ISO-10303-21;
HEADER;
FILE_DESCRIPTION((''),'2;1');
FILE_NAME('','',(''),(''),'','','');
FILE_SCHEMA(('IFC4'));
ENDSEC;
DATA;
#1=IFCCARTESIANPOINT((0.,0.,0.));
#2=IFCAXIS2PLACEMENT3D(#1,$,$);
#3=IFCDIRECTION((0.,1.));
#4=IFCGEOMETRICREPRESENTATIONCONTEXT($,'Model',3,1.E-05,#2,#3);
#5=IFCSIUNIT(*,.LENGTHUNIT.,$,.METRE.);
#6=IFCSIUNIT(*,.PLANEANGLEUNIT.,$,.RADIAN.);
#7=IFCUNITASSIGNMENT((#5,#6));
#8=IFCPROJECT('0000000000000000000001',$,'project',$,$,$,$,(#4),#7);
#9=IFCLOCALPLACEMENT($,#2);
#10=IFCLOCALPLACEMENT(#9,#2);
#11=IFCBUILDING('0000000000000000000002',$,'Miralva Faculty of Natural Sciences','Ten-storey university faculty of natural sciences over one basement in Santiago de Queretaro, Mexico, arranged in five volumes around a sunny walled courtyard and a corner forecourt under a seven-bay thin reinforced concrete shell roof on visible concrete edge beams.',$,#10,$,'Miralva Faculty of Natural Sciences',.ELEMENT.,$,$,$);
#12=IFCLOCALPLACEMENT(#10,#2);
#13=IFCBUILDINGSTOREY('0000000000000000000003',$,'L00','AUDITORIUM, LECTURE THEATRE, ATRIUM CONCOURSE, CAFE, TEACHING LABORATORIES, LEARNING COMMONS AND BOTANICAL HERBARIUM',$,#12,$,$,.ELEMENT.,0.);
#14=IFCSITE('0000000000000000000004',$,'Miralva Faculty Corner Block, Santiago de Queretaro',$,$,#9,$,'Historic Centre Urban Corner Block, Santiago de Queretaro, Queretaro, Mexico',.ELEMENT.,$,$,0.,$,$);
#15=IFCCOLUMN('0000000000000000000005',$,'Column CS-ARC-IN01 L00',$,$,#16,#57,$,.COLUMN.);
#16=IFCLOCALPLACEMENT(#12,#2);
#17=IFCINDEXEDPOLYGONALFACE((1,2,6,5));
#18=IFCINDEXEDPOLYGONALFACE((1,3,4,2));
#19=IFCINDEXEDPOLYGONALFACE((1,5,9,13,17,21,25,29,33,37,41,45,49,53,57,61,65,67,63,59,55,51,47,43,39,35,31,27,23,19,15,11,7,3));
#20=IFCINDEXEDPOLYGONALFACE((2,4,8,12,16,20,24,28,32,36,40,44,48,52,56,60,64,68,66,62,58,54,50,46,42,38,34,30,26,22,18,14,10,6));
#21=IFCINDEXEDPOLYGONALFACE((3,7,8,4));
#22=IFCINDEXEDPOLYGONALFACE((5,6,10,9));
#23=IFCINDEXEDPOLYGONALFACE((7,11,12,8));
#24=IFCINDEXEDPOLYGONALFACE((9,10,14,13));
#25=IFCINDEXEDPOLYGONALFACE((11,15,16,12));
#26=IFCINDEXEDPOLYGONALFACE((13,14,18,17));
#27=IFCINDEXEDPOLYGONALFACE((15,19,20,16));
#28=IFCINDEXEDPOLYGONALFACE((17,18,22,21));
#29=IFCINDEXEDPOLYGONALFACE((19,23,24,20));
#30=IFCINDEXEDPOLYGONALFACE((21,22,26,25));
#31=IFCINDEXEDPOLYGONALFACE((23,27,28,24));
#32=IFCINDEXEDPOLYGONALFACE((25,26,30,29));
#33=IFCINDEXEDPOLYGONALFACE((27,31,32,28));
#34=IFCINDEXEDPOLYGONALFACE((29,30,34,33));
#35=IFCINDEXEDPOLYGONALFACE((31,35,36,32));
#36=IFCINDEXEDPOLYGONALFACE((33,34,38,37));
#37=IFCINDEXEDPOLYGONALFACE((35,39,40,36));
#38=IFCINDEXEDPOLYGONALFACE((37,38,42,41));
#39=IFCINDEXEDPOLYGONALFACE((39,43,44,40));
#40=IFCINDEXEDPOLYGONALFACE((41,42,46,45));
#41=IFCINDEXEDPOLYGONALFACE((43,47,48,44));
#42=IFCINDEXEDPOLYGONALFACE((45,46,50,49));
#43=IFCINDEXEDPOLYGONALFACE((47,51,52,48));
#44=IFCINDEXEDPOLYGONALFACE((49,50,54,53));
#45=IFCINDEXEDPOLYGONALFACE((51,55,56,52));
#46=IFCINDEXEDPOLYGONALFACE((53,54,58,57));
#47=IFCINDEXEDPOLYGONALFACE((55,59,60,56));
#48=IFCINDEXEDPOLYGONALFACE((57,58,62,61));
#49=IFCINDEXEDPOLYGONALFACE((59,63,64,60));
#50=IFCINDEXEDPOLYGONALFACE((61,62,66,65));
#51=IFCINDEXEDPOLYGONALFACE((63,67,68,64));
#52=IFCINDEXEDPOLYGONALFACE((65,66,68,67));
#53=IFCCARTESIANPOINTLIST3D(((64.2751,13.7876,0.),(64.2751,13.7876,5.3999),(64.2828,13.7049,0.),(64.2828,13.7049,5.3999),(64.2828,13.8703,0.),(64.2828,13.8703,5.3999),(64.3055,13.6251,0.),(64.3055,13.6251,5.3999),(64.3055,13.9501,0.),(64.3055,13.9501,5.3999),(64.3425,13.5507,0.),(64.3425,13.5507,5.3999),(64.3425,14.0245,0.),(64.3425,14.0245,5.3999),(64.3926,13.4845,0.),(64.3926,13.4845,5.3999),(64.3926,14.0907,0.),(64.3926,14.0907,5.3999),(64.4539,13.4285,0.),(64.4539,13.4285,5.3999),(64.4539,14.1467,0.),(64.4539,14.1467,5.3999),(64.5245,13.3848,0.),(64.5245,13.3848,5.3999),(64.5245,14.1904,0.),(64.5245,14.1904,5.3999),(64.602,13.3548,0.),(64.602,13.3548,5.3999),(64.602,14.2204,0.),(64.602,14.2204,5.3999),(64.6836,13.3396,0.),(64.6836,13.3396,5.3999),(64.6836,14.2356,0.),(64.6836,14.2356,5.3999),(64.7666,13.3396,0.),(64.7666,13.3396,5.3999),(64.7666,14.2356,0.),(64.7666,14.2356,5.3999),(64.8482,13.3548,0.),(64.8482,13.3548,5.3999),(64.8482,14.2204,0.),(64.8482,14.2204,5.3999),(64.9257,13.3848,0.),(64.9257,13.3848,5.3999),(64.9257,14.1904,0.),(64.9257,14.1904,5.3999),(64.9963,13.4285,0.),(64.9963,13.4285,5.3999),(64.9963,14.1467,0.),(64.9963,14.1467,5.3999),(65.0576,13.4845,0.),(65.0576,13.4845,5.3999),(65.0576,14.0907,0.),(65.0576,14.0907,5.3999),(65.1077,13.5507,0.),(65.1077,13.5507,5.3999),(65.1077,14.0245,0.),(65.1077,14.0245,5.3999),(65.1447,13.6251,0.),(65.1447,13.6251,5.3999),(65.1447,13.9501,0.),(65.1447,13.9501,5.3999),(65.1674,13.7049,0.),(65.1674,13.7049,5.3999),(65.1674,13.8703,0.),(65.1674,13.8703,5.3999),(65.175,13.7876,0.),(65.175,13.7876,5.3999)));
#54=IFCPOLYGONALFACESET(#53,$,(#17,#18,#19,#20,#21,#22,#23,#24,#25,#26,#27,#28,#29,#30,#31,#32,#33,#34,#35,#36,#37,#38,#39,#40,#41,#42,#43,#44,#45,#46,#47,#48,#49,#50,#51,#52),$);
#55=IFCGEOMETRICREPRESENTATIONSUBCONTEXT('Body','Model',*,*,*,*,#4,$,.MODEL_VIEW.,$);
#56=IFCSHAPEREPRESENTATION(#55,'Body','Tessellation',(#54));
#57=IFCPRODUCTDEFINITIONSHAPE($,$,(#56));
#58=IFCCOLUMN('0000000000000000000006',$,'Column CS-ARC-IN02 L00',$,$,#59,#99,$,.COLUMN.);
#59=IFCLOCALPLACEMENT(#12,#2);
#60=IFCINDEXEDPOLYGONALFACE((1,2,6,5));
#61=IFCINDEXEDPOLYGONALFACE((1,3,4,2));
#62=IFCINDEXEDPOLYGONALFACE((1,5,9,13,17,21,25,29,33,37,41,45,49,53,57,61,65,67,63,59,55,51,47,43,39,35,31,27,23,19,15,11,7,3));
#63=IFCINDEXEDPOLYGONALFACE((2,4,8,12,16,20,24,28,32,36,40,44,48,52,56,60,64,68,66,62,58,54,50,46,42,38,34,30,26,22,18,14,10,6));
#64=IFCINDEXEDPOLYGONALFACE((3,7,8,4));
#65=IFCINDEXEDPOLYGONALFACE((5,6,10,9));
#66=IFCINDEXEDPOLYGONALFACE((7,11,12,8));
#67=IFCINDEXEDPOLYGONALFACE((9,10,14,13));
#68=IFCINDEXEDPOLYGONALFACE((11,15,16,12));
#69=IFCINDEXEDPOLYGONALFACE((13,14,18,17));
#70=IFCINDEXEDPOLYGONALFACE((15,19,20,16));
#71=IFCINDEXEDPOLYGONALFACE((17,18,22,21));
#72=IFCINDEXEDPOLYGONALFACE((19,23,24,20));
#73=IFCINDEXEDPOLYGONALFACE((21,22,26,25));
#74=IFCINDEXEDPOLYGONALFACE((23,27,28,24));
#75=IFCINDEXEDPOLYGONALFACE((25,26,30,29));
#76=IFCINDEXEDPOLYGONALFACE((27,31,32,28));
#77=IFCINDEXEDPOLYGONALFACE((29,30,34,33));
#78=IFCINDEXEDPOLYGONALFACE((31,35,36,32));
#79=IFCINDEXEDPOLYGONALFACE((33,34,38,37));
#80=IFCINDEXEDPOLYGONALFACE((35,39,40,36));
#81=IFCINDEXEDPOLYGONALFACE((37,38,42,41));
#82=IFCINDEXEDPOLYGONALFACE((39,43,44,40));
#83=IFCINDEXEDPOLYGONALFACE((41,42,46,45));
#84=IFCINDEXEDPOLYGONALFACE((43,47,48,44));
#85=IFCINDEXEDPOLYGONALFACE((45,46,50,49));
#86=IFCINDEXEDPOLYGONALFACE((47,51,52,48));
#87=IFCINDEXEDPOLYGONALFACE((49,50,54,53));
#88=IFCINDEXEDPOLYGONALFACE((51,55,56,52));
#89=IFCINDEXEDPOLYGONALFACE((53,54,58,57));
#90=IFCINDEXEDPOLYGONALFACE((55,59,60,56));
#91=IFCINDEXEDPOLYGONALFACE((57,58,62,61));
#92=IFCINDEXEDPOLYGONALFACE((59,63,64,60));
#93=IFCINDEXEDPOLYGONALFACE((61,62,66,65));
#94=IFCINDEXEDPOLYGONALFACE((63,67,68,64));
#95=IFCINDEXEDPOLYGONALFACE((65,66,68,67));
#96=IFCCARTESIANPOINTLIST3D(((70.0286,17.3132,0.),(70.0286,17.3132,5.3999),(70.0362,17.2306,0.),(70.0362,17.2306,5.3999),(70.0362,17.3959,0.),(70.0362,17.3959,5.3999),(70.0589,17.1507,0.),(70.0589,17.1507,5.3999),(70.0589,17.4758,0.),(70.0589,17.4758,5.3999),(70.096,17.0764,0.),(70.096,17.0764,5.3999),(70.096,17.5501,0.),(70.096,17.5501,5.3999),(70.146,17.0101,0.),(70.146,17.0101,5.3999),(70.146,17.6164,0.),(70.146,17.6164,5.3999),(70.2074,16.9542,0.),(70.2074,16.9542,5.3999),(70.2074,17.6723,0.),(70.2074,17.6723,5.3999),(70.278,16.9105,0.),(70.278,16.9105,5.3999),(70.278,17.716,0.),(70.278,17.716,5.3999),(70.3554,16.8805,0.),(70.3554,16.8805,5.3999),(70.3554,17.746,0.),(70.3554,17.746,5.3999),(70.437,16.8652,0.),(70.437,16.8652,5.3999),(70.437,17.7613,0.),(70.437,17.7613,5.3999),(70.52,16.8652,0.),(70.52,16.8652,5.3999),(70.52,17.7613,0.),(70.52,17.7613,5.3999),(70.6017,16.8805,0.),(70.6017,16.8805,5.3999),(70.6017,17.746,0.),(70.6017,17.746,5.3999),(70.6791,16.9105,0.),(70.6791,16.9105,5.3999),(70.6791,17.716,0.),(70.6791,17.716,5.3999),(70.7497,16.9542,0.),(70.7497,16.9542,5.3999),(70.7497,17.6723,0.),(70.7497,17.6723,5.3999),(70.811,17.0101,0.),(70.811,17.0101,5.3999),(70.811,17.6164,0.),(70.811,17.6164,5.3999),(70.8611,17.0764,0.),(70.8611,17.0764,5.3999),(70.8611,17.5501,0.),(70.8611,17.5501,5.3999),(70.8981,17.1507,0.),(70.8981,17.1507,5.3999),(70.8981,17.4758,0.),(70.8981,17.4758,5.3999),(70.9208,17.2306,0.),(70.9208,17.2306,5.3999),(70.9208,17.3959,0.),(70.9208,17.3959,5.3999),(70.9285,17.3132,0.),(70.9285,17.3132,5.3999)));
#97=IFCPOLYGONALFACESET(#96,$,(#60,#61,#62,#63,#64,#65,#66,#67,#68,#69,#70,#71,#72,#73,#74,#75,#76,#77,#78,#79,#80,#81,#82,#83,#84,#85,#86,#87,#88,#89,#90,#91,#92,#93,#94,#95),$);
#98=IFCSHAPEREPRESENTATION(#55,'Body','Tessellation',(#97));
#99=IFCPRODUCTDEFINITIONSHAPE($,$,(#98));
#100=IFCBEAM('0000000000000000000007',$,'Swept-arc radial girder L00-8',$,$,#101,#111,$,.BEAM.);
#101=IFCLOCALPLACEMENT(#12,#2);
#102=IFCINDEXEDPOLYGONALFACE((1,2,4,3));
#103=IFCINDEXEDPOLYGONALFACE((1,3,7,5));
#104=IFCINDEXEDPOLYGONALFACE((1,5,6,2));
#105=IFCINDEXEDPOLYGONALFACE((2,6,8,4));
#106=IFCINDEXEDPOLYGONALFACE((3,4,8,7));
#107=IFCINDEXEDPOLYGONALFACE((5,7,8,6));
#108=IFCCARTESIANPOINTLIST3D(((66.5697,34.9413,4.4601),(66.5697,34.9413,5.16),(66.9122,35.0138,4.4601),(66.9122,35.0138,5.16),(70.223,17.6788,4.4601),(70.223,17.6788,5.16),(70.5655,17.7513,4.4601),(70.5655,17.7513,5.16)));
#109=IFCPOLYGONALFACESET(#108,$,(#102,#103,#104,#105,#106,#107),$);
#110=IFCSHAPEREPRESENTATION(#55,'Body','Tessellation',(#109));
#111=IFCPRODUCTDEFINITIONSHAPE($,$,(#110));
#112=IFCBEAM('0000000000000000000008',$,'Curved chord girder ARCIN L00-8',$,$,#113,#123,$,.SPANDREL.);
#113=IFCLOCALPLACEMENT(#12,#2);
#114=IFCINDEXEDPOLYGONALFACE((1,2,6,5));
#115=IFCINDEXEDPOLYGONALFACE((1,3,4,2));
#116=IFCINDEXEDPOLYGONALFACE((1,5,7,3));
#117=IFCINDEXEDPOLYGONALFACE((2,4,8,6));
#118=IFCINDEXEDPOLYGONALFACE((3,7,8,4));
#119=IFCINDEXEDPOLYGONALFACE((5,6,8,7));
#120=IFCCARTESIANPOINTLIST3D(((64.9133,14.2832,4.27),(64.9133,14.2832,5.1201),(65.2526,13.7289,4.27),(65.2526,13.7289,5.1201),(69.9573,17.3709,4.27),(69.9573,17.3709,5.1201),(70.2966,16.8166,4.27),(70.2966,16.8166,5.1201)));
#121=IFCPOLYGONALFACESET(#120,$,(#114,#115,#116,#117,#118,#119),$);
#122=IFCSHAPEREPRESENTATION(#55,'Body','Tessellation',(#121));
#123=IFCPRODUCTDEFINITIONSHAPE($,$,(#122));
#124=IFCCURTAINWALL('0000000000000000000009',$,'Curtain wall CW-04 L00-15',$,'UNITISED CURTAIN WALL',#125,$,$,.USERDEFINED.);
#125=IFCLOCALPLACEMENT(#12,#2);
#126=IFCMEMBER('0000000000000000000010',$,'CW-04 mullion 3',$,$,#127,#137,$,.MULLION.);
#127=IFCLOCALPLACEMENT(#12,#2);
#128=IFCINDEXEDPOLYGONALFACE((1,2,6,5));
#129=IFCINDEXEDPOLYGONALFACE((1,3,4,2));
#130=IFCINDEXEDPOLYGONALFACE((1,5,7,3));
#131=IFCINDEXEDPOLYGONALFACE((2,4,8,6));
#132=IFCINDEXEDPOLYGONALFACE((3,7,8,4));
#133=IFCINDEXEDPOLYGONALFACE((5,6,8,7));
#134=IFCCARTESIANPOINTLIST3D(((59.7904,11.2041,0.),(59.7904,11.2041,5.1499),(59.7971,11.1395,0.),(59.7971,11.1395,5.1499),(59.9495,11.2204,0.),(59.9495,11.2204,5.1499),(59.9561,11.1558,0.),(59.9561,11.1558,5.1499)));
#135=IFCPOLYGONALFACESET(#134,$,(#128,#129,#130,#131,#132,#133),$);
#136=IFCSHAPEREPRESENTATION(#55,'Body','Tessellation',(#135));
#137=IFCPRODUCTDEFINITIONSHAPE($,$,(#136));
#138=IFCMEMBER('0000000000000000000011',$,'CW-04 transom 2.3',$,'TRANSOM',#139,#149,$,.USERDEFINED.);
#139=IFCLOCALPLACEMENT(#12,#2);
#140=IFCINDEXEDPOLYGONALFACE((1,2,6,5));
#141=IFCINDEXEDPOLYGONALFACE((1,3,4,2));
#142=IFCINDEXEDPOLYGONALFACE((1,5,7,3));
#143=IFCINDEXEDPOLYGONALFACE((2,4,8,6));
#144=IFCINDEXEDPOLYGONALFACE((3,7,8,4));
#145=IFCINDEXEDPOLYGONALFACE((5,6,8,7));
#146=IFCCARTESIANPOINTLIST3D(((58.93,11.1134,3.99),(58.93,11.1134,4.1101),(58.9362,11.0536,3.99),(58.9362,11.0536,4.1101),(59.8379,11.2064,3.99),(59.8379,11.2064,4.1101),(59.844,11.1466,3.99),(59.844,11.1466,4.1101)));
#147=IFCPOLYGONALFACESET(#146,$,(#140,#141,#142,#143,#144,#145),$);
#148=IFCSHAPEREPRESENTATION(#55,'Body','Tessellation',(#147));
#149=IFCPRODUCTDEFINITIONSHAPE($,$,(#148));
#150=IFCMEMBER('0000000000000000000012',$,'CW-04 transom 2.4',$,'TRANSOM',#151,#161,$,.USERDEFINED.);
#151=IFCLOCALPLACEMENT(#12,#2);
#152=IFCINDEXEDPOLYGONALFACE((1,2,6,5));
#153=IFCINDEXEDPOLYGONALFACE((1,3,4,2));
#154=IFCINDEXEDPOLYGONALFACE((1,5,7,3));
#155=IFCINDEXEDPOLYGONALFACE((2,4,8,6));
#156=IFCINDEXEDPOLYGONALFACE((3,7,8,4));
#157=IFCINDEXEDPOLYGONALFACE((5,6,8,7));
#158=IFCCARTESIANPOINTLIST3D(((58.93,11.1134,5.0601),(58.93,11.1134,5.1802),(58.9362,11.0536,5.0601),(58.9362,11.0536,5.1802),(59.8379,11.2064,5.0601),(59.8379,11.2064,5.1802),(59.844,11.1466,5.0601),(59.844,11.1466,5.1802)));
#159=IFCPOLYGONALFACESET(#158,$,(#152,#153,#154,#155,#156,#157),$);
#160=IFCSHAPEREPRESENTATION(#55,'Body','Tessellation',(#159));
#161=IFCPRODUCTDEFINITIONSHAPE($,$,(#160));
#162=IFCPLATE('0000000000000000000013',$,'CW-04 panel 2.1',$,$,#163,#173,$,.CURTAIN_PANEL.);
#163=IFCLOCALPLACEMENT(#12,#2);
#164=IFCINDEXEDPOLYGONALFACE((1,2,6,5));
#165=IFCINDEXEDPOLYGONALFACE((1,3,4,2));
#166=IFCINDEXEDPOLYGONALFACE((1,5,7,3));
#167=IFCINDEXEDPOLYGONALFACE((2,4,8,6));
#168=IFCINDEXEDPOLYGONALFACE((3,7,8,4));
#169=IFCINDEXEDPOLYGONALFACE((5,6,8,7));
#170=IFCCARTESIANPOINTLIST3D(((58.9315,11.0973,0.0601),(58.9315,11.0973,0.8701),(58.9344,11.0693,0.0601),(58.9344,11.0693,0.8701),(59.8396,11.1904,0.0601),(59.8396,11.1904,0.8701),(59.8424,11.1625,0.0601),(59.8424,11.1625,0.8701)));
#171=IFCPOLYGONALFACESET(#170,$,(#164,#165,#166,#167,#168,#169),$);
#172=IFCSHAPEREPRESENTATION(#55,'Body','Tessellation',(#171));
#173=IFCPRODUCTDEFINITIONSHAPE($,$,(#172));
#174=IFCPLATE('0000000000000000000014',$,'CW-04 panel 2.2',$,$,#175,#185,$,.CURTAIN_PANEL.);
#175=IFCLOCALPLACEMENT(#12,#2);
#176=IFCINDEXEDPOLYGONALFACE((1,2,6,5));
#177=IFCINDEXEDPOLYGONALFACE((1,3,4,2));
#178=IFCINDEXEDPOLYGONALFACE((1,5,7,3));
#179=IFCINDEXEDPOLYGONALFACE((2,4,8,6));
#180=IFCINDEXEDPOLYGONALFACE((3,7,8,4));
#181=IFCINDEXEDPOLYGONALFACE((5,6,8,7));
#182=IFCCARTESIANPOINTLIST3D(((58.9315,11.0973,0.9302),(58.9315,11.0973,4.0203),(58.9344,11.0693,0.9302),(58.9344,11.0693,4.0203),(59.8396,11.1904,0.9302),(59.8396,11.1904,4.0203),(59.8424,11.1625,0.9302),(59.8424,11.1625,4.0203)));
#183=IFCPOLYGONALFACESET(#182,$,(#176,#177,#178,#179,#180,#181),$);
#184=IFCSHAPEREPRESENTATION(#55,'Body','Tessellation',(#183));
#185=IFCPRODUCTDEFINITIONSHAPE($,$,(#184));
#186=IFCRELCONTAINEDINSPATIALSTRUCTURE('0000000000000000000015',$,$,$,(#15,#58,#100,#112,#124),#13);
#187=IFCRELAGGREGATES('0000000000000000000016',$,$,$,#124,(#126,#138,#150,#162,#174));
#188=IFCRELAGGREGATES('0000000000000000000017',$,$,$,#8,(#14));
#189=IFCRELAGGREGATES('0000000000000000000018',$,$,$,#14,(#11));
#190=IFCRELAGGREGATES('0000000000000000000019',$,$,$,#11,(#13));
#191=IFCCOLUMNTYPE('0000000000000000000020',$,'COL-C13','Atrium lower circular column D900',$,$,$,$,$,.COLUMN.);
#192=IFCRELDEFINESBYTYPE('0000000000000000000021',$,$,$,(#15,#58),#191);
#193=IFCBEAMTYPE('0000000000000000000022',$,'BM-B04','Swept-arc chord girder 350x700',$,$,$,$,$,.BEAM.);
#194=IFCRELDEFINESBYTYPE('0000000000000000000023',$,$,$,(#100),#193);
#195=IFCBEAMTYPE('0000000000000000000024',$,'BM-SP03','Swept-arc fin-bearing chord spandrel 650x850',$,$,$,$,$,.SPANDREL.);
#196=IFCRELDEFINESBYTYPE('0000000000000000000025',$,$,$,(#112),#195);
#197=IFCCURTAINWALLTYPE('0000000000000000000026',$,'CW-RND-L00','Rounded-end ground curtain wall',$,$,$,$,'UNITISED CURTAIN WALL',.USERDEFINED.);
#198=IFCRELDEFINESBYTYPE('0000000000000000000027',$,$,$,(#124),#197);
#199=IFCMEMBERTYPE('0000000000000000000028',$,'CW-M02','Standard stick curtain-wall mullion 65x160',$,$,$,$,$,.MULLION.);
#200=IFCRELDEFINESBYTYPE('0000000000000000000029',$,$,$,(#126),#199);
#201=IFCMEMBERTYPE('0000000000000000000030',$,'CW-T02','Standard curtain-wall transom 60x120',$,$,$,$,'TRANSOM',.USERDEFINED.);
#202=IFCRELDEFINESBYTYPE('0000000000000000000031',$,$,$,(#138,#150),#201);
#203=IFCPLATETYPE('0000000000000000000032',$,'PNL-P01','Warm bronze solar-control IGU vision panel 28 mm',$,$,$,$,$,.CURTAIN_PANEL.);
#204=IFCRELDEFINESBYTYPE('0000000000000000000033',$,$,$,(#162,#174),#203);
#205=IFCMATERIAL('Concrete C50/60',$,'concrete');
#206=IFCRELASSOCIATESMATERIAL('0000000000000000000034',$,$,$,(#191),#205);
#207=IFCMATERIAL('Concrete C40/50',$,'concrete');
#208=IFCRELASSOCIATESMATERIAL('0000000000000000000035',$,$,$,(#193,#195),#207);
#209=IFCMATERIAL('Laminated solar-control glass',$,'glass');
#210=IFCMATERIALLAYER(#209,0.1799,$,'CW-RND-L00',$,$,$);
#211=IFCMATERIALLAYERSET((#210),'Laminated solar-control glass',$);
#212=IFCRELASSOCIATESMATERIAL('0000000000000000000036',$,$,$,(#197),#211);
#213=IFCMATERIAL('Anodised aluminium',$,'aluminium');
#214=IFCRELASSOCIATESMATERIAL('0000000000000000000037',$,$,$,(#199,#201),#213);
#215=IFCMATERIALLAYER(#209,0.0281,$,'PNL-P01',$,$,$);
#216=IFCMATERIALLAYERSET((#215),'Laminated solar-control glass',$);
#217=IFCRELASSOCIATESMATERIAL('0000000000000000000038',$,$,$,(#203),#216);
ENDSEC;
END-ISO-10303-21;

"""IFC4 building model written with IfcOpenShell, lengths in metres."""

from ifc_helpers import new_model, si_unit, direction, frame, origin, origin_2d, place, context, subcontext, project, spatial, rectangle, circle, extrude, material, layer, layer_set, material_profile, profile_set, type_object, element, aggregate, save


model = new_model("IFC4")

# Units and contexts
model_context = context("Model", 3, precision=1e-05, world=origin(), true_north=direction((0.0, 1.0)))
body_context = subcontext(model_context, "Body", "Model", "MODEL_VIEW")
ifc_project = project(units=[si_unit("LENGTHUNIT", "METRE"), si_unit("PLANEANGLEUNIT", "RADIAN")], contexts=[model_context])

# Site, building, storey
site_placement = place(None, origin())
site = spatial("IfcSite", under=ifc_project, at=site_placement, Name="Miralva Faculty Corner Block, Santiago de Queretaro", LongName="Historic Centre Urban Corner Block, Santiago de Queretaro, Queretaro, Mexico", CompositionType="ELEMENT", RefElevation=0.0)
building_placement = place(site_placement, origin())
building = spatial("IfcBuilding", under=site, at=building_placement, Name="Miralva Faculty of Natural Sciences", Description="Ten-storey university faculty of natural sciences over one basement in Santiago de Queretaro, Mexico, arranged in five volumes around a sunny walled courtyard and a corner forecourt under a seven-bay thin reinforced concrete shell roof on visible concrete edge beams.", LongName="Miralva Faculty of Natural Sciences", CompositionType="ELEMENT")
storey_placement = place(building_placement, origin())
storey = spatial("IfcBuildingStorey", under=building, at=storey_placement, Name="L00", Description="AUDITORIUM, LECTURE THEATRE, ATRIUM CONCOURSE, CAFE, TEACHING LABORATORIES, LEARNING COMMONS AND BOTANICAL HERBARIUM", CompositionType="ELEMENT", Elevation=0.0)

# Columns
ifc_material_1 = material(Name="Concrete C50/60", Category="concrete")
ifc_material_profile_1 = material_profile(ifc_material_1, circle(Radius=0.45, at=origin_2d()), Name="RC DIA 900")
ifc_profile_set_1 = profile_set([ifc_material_profile_1], Name="Concrete C50/60")
column_type = type_object("IfcColumnType", Name="COL-C13", Description="Atrium lower circular column D900", PredefinedType="COLUMN", material=ifc_profile_set_1)
for number, where, z_axis, x_axis, name in (
    (1, (64.7251, 13.7876, 0.0), (0.0, 0.0, 1.0), (1.0, 0.0, 0.0), "Column CS-ARC-IN01 L00"),
    (2, (70.4785, 17.3132, 0.0), (0.0, 0.0, 1.0), (1.0, 0.0, 0.0), "Column CS-ARC-IN02 L00"),
):
    element("IfcColumn", number, at=place(storey_placement, frame(where, z_axis=z_axis, x_axis=x_axis)), inside=storey, type_object=column_type, Name=name, PredefinedType="COLUMN", context=body_context, shape_type="SweptSolid", body=[
        extrude(circle(Radius=0.45, at=origin_2d()), origin(), (0.0, 0.0, 1.0), 5.3999),
    ])

# Beams
ifc_material_2 = material(Name="Concrete C40/50", Category="concrete")
ifc_material_profile_2 = material_profile(ifc_material_2, rectangle(XDim=0.3501, YDim=0.7, at=origin_2d()), Name="RC 350x700")
ifc_profile_set_2 = profile_set([ifc_material_profile_2], Name="Concrete C40/50")
beam_type_1 = type_object("IfcBeamType", Name="BM-B04", Description="Swept-arc chord girder 350x700", PredefinedType="BEAM", material=ifc_profile_set_2)
beam_1_placement = place(storey_placement, frame((70.3943, 17.7151, 4.8101), z_axis=(-0.207048, 0.978331, 0.0), x_axis=(-0.978331, -0.207048, 0.0)))
element("IfcBeam", 3, at=beam_1_placement, inside=storey, type_object=beam_type_1, Name="Swept-arc radial girder L00-8", PredefinedType="BEAM", context=body_context, shape_type="SweptSolid", body=[
    extrude(rectangle(XDim=0.3501, YDim=0.7, at=origin_2d()), origin(), (0.0, 0.0, 1.0), 17.6448),
])
ifc_material_profile_3 = material_profile(ifc_material_2, rectangle(XDim=0.6499, YDim=0.8501, at=origin_2d()), Name="RC 650x850")
ifc_profile_set_3 = profile_set([ifc_material_profile_3], Name="Concrete C40/50")
beam_type_2 = type_object("IfcBeamType", Name="BM-SP03", Description="Swept-arc fin-bearing chord spandrel 650x850", PredefinedType="SPANDREL", material=ifc_profile_set_3)
beam_2_placement = place(storey_placement, frame((70.127, 17.0938, 4.6951), z_axis=(-0.852888, -0.522094, 0.0), x_axis=(0.522094, -0.852888, 0.0)))
element("IfcBeam", 4, at=beam_2_placement, inside=storey, type_object=beam_type_2, Name="Curved chord girder ARCIN L00-8", PredefinedType="SPANDREL", context=body_context, shape_type="SweptSolid", body=[
    extrude(rectangle(XDim=0.6499, YDim=0.8501, at=origin_2d()), origin(), (0.0, 0.0, 1.0), 5.9141),
])

# Curtain wall, members, plates
ifc_material_3 = material(Name="Laminated solar-control glass", Category="glass")
ifc_layer_1 = layer(ifc_material_3, 0.1799, Name="CW-RND-L00")
ifc_layer_set_1 = layer_set([ifc_layer_1], Name="Laminated solar-control glass")
curtain_wall_type = type_object("IfcCurtainWallType", Name="CW-RND-L00", Description="Rounded-end ground curtain wall", ElementType="UNITISED CURTAIN WALL", PredefinedType="USERDEFINED", material=ifc_layer_set_1)
curtain_wall_placement = place(storey_placement, origin())
curtain_wall = element("IfcCurtainWall", 5, at=curtain_wall_placement, inside=storey, type_object=curtain_wall_type, Name="Curtain wall CW-04 L00-15", ObjectType="UNITISED CURTAIN WALL", PredefinedType="USERDEFINED")
ifc_material_4 = material(Name="Anodised aluminium", Category="aluminium")
ifc_material_profile_4 = material_profile(ifc_material_4, rectangle(XDim=0.0649, YDim=0.1599, at=origin_2d()), Name="MULLION 65x160")
ifc_profile_set_4 = profile_set([ifc_material_profile_4], Name="Anodised aluminium")
member_type_1 = type_object("IfcMemberType", Name="CW-M02", Description="Standard stick curtain-wall mullion 65x160", PredefinedType="MULLION", material=ifc_profile_set_4)
member_1_placement = place(storey_placement, frame((59.8733, 11.1799, 0.0), z_axis=(0.0, 0.0, 1.0), x_axis=(-0.102056, 0.994779, 0.0)))
member_1 = element("IfcMember", 6, at=member_1_placement, type_object=member_type_1, Name="CW-04 mullion 3", PredefinedType="MULLION", context=body_context, shape_type="SweptSolid", body=[
    extrude(rectangle(XDim=0.0649, YDim=0.1599, at=origin_2d()), origin(), (0.0, 0.0, 1.0), 5.1499),
])
ifc_material_profile_5 = material_profile(ifc_material_4, rectangle(XDim=0.0601, YDim=0.1201, at=origin_2d()), Name="TRANSOM 60x120")
ifc_profile_set_5 = profile_set([ifc_material_profile_5], Name="Anodised aluminium")
member_type_2 = type_object("IfcMemberType", Name="CW-T02", Description="Standard curtain-wall transom 60x120", ElementType="TRANSOM", PredefinedType="USERDEFINED", material=ifc_profile_set_5)
member_2_placement = place(storey_placement, frame((58.9331, 11.0835, 4.05), z_axis=(0.994793, 0.101913, 0.0), x_axis=(-0.101913, 0.994793, 0.0)))
member_2 = element("IfcMember", 7, at=member_2_placement, type_object=member_type_2, Name="CW-04 transom 2.3", ObjectType="TRANSOM", PredefinedType="USERDEFINED", context=body_context, shape_type="SweptSolid", body=[
    extrude(rectangle(XDim=0.0601, YDim=0.1201, at=origin_2d()), origin(), (0.0, 0.0, 1.0), 0.9126),
])
member_3_placement = place(storey_placement, frame((58.9331, 11.0835, 5.1201), z_axis=(0.994793, 0.101913, 0.0), x_axis=(-0.101913, 0.994793, 0.0)))
member_3 = element("IfcMember", 8, at=member_3_placement, type_object=member_type_2, Name="CW-04 transom 2.4", ObjectType="TRANSOM", PredefinedType="USERDEFINED", context=body_context, shape_type="SweptSolid", body=[
    extrude(rectangle(XDim=0.0601, YDim=0.1201, at=origin_2d()), origin(), (0.0, 0.0, 1.0), 0.9126),
])
ifc_layer_2 = layer(ifc_material_3, 0.0281, Name="PNL-P01")
ifc_layer_set_2 = layer_set([ifc_layer_2], Name="Laminated solar-control glass")
plate_type = type_object("IfcPlateType", Name="PNL-P01", Description="Warm bronze solar-control IGU vision panel 28 mm", PredefinedType="CURTAIN_PANEL", material=ifc_layer_set_2)
plate_1_placement = place(storey_placement, frame((59.387, 11.1299, 0.0601), z_axis=(0.0, 0.0, 1.0), x_axis=(0.994779, 0.102056, 0.0)))
plate_1 = element("IfcPlate", 9, at=plate_1_placement, type_object=plate_type, Name="CW-04 panel 2.1", PredefinedType="CURTAIN_PANEL", context=body_context, shape_type="SweptSolid", body=[
    extrude(rectangle(XDim=0.9128, YDim=0.0281, at=origin_2d()), origin(), (0.0, 0.0, 1.0), 0.8101),
])
plate_2_placement = place(storey_placement, frame((59.387, 11.1299, 0.9302), z_axis=(0.0, 0.0, 1.0), x_axis=(0.994779, 0.102056, 0.0)))
plate_2 = element("IfcPlate", 10, at=plate_2_placement, type_object=plate_type, Name="CW-04 panel 2.2", PredefinedType="CURTAIN_PANEL", context=body_context, shape_type="SweptSolid", body=[
    extrude(rectangle(XDim=0.9128, YDim=0.0281, at=origin_2d()), origin(), (0.0, 0.0, 1.0), 3.0901),
])
aggregate(curtain_wall, [member_1, member_2, member_3, plate_1, plate_2])

save(model, "model.ifc")
